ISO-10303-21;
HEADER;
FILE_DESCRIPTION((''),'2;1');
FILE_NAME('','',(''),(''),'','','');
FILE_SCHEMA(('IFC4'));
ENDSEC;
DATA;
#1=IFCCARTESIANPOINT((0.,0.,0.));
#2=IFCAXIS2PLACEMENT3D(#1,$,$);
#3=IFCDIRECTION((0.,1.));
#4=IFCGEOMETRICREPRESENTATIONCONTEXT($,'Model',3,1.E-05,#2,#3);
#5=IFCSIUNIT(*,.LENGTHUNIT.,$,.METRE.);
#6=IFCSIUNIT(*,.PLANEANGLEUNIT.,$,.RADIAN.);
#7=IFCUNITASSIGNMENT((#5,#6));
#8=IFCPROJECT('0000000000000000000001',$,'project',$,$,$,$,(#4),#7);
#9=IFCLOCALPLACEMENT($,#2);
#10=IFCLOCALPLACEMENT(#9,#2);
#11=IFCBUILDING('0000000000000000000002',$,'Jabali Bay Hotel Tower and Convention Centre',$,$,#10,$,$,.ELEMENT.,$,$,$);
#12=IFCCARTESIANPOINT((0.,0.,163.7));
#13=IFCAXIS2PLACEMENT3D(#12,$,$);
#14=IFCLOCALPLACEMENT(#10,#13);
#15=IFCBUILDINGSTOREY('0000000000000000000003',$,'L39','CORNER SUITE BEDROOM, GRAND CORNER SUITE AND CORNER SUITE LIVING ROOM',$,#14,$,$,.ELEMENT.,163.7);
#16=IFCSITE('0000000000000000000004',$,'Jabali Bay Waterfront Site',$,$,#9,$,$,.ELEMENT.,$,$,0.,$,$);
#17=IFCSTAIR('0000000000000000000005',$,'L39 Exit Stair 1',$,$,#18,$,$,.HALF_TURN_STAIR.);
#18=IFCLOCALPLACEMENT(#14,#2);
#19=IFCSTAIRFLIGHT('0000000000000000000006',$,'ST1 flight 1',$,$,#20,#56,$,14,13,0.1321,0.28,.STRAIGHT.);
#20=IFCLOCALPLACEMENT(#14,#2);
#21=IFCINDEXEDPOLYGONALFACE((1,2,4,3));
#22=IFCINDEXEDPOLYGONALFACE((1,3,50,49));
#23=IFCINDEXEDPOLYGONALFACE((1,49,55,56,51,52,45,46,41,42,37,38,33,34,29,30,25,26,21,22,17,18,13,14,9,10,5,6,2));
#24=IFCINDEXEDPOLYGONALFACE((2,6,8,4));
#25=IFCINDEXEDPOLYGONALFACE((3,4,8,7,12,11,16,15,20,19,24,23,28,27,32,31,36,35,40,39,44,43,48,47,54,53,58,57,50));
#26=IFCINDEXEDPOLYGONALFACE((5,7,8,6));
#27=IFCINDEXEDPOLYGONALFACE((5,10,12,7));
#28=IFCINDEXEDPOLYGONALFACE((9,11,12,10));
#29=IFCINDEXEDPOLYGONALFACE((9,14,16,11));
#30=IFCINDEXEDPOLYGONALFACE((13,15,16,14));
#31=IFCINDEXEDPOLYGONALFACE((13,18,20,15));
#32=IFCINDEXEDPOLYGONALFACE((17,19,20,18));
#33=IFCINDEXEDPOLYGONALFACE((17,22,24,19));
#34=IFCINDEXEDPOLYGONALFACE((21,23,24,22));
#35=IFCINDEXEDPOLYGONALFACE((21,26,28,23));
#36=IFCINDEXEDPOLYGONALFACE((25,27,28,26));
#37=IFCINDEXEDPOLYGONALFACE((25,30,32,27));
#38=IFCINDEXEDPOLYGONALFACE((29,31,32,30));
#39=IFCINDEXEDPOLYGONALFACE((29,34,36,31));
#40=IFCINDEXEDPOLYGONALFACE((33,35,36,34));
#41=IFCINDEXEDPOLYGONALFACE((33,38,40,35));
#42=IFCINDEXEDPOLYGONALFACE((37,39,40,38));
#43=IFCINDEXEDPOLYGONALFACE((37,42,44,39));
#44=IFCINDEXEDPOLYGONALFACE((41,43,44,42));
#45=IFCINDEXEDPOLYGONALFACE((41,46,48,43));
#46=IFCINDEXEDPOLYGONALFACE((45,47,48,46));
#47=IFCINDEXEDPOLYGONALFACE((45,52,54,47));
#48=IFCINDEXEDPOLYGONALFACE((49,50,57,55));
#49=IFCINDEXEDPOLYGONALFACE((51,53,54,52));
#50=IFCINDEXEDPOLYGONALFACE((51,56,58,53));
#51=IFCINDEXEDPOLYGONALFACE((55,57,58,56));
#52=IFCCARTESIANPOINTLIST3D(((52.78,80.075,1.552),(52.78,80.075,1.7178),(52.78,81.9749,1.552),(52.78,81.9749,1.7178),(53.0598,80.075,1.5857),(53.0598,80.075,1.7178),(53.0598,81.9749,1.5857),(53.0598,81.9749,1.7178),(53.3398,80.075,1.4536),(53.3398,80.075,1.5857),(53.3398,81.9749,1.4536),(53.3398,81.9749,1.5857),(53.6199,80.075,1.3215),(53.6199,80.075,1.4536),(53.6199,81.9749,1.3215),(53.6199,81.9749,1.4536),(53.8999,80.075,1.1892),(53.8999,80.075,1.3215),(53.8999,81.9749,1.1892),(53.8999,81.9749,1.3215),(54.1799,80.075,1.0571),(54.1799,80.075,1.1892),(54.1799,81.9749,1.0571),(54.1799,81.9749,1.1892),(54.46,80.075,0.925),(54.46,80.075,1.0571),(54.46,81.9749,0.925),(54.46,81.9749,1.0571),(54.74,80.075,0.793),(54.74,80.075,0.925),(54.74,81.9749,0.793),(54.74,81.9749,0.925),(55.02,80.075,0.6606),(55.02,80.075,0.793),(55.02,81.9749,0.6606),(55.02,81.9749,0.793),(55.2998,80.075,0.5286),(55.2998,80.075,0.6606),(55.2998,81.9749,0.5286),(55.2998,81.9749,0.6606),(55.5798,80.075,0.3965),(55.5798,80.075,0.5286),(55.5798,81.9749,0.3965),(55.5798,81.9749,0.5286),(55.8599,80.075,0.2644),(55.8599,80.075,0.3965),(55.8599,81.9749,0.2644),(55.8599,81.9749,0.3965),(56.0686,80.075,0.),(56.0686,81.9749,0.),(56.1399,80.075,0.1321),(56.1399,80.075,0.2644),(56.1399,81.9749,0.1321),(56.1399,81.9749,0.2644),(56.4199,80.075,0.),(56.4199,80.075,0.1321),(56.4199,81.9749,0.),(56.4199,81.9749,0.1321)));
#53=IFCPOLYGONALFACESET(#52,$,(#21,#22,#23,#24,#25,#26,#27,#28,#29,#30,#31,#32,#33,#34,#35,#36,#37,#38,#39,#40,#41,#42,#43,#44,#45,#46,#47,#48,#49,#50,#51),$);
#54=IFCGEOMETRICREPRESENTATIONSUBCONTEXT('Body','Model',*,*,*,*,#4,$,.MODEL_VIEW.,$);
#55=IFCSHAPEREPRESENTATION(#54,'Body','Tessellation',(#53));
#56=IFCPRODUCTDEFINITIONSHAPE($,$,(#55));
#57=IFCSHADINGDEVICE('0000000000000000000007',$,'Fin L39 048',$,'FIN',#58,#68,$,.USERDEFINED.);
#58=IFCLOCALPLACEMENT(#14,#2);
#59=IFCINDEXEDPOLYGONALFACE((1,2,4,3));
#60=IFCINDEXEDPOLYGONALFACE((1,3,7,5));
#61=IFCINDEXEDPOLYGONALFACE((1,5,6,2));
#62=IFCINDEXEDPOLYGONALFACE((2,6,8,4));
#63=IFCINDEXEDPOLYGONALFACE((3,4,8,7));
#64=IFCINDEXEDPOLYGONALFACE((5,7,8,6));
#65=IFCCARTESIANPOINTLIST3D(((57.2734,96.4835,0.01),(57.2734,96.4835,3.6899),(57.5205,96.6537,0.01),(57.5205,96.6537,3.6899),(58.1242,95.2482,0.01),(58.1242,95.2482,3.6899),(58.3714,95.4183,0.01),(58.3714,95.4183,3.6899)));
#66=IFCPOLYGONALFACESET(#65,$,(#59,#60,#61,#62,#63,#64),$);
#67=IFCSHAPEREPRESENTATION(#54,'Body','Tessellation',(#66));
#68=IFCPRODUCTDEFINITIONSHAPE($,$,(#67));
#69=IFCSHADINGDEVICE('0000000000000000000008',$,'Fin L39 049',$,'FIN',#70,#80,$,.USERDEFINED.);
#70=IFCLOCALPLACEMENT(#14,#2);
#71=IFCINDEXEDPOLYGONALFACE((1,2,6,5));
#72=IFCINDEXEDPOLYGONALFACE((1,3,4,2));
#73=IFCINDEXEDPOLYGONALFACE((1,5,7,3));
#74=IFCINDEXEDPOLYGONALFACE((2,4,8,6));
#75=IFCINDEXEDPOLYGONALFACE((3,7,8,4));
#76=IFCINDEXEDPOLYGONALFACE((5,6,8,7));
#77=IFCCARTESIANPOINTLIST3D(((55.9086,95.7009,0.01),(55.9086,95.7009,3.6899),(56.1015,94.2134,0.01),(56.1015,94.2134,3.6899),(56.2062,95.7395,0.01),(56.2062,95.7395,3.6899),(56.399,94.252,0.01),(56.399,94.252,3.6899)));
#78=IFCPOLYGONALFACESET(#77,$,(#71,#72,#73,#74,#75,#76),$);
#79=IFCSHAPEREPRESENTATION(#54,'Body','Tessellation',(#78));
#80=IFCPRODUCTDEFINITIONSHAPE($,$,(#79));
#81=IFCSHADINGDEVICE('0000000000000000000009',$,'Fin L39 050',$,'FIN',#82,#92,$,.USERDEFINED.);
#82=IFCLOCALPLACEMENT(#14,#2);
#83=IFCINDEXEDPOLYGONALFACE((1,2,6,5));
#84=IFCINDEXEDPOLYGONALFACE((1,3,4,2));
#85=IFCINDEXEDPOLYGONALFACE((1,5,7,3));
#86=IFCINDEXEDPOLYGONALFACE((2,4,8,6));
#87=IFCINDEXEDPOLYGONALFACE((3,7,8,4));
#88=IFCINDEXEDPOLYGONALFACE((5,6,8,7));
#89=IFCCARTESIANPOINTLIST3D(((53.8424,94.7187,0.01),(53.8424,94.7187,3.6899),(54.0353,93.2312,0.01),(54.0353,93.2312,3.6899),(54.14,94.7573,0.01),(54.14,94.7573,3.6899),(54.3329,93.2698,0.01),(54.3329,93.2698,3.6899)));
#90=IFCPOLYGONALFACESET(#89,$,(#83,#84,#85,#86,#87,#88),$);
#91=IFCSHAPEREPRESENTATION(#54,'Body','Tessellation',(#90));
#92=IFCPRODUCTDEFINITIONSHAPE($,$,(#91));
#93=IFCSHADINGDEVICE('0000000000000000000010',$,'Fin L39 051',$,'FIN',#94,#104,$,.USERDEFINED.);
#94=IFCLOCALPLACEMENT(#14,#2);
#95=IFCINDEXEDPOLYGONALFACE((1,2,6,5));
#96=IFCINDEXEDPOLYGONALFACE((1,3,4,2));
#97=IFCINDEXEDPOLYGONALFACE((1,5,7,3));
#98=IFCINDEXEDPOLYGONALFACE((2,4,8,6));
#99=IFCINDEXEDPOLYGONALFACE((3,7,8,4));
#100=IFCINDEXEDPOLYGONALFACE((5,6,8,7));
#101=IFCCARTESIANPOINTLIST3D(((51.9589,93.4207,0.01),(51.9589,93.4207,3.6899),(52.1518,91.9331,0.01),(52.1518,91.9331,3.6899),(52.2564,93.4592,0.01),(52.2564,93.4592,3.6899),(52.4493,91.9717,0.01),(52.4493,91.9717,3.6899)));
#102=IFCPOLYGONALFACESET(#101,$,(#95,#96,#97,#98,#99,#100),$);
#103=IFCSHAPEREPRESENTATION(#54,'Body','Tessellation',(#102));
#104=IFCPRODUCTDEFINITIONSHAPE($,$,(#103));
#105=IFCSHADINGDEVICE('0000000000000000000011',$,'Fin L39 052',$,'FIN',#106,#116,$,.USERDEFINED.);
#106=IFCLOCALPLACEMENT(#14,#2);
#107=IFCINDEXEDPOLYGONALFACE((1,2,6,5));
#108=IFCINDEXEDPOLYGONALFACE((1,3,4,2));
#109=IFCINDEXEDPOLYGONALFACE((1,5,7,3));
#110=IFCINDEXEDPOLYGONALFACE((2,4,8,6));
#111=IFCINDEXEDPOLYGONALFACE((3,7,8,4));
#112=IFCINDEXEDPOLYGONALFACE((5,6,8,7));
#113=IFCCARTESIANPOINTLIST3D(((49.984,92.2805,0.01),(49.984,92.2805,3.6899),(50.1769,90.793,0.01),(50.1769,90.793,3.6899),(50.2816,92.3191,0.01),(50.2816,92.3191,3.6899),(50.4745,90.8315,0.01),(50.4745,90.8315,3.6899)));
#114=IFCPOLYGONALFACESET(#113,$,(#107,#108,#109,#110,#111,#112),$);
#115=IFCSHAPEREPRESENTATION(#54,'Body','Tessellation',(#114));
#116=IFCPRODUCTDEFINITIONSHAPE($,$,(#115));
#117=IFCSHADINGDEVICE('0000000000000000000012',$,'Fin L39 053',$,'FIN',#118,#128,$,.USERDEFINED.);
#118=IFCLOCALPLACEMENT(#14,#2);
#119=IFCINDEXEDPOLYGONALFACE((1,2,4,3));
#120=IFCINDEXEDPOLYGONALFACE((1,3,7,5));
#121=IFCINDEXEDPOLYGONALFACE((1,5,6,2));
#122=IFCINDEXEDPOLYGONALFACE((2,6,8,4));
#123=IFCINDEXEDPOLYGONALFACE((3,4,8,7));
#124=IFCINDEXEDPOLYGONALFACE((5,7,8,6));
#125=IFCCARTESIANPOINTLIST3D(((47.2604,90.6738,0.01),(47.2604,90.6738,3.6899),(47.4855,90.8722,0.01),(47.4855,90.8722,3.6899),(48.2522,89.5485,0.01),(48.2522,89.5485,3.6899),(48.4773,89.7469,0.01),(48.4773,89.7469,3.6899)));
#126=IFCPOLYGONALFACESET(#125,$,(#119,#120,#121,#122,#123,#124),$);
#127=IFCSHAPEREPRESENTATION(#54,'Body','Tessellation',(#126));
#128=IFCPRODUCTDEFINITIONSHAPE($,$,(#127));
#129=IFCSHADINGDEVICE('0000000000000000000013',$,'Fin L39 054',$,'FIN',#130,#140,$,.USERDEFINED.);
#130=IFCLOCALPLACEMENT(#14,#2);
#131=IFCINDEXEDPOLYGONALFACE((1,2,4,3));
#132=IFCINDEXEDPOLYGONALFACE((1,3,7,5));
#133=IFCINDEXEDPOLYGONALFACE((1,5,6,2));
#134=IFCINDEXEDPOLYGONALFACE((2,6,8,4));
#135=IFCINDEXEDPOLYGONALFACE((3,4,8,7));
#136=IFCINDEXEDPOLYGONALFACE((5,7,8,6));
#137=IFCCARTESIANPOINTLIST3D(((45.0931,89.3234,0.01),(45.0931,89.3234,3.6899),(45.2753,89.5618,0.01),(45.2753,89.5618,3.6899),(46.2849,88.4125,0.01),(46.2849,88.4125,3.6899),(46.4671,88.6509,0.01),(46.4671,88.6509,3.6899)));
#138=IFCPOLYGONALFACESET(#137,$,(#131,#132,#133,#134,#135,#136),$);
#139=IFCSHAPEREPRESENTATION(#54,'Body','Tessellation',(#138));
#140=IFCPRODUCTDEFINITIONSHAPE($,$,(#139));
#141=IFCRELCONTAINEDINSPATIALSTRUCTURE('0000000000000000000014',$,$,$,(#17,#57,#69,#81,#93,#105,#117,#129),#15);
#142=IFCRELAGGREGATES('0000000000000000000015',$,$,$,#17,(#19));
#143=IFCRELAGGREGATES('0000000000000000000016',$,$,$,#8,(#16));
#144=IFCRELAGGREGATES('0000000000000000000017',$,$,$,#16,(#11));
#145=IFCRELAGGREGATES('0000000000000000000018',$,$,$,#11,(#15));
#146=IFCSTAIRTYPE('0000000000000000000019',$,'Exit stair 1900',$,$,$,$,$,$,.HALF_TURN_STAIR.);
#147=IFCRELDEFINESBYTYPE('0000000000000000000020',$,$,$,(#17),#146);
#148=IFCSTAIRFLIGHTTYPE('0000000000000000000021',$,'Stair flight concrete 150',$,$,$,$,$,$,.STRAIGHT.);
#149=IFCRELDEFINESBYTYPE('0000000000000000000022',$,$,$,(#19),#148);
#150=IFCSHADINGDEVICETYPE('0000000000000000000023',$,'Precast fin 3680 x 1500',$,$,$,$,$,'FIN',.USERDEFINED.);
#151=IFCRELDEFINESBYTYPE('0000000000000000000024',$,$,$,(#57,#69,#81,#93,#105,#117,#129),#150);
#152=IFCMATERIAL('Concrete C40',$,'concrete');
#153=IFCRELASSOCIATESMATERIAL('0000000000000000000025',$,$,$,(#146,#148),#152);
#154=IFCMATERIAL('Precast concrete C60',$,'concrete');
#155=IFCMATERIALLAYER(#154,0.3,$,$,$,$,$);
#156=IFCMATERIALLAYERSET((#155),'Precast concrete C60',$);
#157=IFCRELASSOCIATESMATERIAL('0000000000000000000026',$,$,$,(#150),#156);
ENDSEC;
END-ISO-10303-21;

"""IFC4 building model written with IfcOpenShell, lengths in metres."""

from ifc_helpers import new_model, si_unit, direction, frame, frame_2d, origin, place, context, subcontext, project, spatial, polyline, rectangle, outline, extrude, material, layer, layer_set, type_object, element, aggregate, save


model = new_model("IFC4")

# Units and contexts
model_context = context("Model", 3, precision=1e-05, world=origin(), true_north=direction((0.0, 1.0)))
body_context = subcontext(model_context, "Body", "Model", "MODEL_VIEW")
ifc_project = project(units=[si_unit("LENGTHUNIT", "METRE"), si_unit("PLANEANGLEUNIT", "RADIAN")], contexts=[model_context])

# Site, building, storey
site_placement = place(None, origin())
site = spatial("IfcSite", under=ifc_project, at=site_placement, Name="Jabali Bay Waterfront Site", CompositionType="ELEMENT", RefElevation=0.0)
building_placement = place(site_placement, origin())
building = spatial("IfcBuilding", under=site, at=building_placement, Name="Jabali Bay Hotel Tower and Convention Centre", CompositionType="ELEMENT")
storey_placement = place(building_placement, frame((0.0, 0.0, 163.7)))
storey = spatial("IfcBuildingStorey", under=building, at=storey_placement, Name="L39", Description="CORNER SUITE BEDROOM, GRAND CORNER SUITE AND CORNER SUITE LIVING ROOM", CompositionType="ELEMENT", Elevation=163.7)

# Shared definitions
ifc_material_1 = material(Name="Concrete C40", Category="concrete")

# Stair, stair flight
stair_type = type_object("IfcStairType", Name="Exit stair 1900", PredefinedType="HALF_TURN_STAIR", material=ifc_material_1)
stair_placement = place(storey_placement, origin())
stair = element("IfcStair", 1, at=stair_placement, inside=storey, type_object=stair_type, Name="L39 Exit Stair 1", PredefinedType="HALF_TURN_STAIR")
stair_flight_type = type_object("IfcStairFlightType", Name="Stair flight concrete 150", PredefinedType="STRAIGHT", material=ifc_material_1)
stair_flight_placement = place(storey_placement, frame((56.4199, 81.0249, 0.0), z_axis=(0.0, 0.0, 1.0), x_axis=(-1.0, 0.0, 0.0)))
stair_flight = element("IfcStairFlight", 2, at=stair_flight_placement, type_object=stair_flight_type, Name="ST1 flight 1", NumberOfRisers=14, NumberOfTreads=13, PredefinedType="STRAIGHT", RiserHeight=0.1321, TreadLength=0.28, context=body_context, shape_type="SweptSolid", body=[
    extrude(outline(polyline([(0.0, 0.0), (0.0, 0.1321), (0.28, 0.1321), (0.28, 0.2644), (0.5601, 0.2644), (0.5601, 0.3965), (0.8401, 0.3965), (0.8401, 0.5286), (1.1201, 0.5286), (1.1201, 0.6606), (1.3999, 0.6606), (1.3999, 0.793), (1.6799, 0.793), (1.6799, 0.925), (1.96, 0.925), (1.96, 1.0571), (2.24, 1.0571), (2.24, 1.1892), (2.52, 1.1892), (2.52, 1.3215), (2.8, 1.3215), (2.8, 1.4536), (3.0801, 1.4536), (3.0801, 1.5857), (3.3601, 1.5857), (3.3601, 1.7178), (3.6399, 1.7178), (3.6399, 1.8501), (3.6399, 1.552), (0.3513, 0.0), (0.0, 0.0)])), frame((0.0, 0.95, 0.0), z_axis=(0.0, -1.0, 0.0), x_axis=(1.0, 0.0, 0.0)), (0.0, 0.0, 1.0), 1.8999),
])
aggregate(stair, [stair_flight])

# Shading devices
ifc_material_2 = material(Name="Precast concrete C60", Category="concrete")
ifc_layer_1 = layer(ifc_material_2, 0.3)
ifc_layer_set_1 = layer_set([ifc_layer_1], Name="Precast concrete C60")
shading_device_type = type_object("IfcShadingDeviceType", Name="Precast fin 3680 x 1500", ElementType="FIN", PredefinedType="USERDEFINED", material=ifc_layer_set_1)
for number, where, z_axis, x_axis, name in (
    (3, (58.2478, 95.3333, 0.01), (0.0, 0.0, 1.0), (-0.567219, 0.823567, 0.0), "Fin L39 048"),
    (4, (56.2502, 94.2327, 0.01), (0.0, 0.0, 1.0), (-0.128581, 0.991699, 0.0), "Fin L39 049"),
    (5, (54.1841, 93.2505, 0.01), (0.0, 0.0, 1.0), (-0.128581, 0.991699, 0.0), "Fin L39 050"),
    (6, (52.3005, 91.9524, 0.01), (0.0, 0.0, 1.0), (-0.128581, 0.991699, 0.0), "Fin L39 051"),
    (7, (50.3257, 90.8123, 0.01), (0.0, 0.0, 1.0), (-0.128581, 0.991699, 0.0), "Fin L39 052"),
    (8, (48.3647, 89.6477, 0.01), (0.0, 0.0, 1.0), (-0.661185, 0.750222, 0.0), "Fin L39 053"),
    (9, (46.376, 88.5317, 0.01), (0.0, 0.0, 1.0), (-0.794538, 0.607214, 0.0), "Fin L39 054"),
):
    element("IfcShadingDevice", number, at=place(storey_placement, frame(where, z_axis=z_axis, x_axis=x_axis)), inside=storey, type_object=shading_device_type, Name=name, ObjectType="FIN", PredefinedType="USERDEFINED", context=body_context, shape_type="SweptSolid", body=[
        extrude(rectangle(XDim=1.5, YDim=0.3, at=frame_2d((0.75, 0.0))), origin(), (0.0, 0.0, 1.0), 3.6799),
    ])

save(model, "model.ifc")
